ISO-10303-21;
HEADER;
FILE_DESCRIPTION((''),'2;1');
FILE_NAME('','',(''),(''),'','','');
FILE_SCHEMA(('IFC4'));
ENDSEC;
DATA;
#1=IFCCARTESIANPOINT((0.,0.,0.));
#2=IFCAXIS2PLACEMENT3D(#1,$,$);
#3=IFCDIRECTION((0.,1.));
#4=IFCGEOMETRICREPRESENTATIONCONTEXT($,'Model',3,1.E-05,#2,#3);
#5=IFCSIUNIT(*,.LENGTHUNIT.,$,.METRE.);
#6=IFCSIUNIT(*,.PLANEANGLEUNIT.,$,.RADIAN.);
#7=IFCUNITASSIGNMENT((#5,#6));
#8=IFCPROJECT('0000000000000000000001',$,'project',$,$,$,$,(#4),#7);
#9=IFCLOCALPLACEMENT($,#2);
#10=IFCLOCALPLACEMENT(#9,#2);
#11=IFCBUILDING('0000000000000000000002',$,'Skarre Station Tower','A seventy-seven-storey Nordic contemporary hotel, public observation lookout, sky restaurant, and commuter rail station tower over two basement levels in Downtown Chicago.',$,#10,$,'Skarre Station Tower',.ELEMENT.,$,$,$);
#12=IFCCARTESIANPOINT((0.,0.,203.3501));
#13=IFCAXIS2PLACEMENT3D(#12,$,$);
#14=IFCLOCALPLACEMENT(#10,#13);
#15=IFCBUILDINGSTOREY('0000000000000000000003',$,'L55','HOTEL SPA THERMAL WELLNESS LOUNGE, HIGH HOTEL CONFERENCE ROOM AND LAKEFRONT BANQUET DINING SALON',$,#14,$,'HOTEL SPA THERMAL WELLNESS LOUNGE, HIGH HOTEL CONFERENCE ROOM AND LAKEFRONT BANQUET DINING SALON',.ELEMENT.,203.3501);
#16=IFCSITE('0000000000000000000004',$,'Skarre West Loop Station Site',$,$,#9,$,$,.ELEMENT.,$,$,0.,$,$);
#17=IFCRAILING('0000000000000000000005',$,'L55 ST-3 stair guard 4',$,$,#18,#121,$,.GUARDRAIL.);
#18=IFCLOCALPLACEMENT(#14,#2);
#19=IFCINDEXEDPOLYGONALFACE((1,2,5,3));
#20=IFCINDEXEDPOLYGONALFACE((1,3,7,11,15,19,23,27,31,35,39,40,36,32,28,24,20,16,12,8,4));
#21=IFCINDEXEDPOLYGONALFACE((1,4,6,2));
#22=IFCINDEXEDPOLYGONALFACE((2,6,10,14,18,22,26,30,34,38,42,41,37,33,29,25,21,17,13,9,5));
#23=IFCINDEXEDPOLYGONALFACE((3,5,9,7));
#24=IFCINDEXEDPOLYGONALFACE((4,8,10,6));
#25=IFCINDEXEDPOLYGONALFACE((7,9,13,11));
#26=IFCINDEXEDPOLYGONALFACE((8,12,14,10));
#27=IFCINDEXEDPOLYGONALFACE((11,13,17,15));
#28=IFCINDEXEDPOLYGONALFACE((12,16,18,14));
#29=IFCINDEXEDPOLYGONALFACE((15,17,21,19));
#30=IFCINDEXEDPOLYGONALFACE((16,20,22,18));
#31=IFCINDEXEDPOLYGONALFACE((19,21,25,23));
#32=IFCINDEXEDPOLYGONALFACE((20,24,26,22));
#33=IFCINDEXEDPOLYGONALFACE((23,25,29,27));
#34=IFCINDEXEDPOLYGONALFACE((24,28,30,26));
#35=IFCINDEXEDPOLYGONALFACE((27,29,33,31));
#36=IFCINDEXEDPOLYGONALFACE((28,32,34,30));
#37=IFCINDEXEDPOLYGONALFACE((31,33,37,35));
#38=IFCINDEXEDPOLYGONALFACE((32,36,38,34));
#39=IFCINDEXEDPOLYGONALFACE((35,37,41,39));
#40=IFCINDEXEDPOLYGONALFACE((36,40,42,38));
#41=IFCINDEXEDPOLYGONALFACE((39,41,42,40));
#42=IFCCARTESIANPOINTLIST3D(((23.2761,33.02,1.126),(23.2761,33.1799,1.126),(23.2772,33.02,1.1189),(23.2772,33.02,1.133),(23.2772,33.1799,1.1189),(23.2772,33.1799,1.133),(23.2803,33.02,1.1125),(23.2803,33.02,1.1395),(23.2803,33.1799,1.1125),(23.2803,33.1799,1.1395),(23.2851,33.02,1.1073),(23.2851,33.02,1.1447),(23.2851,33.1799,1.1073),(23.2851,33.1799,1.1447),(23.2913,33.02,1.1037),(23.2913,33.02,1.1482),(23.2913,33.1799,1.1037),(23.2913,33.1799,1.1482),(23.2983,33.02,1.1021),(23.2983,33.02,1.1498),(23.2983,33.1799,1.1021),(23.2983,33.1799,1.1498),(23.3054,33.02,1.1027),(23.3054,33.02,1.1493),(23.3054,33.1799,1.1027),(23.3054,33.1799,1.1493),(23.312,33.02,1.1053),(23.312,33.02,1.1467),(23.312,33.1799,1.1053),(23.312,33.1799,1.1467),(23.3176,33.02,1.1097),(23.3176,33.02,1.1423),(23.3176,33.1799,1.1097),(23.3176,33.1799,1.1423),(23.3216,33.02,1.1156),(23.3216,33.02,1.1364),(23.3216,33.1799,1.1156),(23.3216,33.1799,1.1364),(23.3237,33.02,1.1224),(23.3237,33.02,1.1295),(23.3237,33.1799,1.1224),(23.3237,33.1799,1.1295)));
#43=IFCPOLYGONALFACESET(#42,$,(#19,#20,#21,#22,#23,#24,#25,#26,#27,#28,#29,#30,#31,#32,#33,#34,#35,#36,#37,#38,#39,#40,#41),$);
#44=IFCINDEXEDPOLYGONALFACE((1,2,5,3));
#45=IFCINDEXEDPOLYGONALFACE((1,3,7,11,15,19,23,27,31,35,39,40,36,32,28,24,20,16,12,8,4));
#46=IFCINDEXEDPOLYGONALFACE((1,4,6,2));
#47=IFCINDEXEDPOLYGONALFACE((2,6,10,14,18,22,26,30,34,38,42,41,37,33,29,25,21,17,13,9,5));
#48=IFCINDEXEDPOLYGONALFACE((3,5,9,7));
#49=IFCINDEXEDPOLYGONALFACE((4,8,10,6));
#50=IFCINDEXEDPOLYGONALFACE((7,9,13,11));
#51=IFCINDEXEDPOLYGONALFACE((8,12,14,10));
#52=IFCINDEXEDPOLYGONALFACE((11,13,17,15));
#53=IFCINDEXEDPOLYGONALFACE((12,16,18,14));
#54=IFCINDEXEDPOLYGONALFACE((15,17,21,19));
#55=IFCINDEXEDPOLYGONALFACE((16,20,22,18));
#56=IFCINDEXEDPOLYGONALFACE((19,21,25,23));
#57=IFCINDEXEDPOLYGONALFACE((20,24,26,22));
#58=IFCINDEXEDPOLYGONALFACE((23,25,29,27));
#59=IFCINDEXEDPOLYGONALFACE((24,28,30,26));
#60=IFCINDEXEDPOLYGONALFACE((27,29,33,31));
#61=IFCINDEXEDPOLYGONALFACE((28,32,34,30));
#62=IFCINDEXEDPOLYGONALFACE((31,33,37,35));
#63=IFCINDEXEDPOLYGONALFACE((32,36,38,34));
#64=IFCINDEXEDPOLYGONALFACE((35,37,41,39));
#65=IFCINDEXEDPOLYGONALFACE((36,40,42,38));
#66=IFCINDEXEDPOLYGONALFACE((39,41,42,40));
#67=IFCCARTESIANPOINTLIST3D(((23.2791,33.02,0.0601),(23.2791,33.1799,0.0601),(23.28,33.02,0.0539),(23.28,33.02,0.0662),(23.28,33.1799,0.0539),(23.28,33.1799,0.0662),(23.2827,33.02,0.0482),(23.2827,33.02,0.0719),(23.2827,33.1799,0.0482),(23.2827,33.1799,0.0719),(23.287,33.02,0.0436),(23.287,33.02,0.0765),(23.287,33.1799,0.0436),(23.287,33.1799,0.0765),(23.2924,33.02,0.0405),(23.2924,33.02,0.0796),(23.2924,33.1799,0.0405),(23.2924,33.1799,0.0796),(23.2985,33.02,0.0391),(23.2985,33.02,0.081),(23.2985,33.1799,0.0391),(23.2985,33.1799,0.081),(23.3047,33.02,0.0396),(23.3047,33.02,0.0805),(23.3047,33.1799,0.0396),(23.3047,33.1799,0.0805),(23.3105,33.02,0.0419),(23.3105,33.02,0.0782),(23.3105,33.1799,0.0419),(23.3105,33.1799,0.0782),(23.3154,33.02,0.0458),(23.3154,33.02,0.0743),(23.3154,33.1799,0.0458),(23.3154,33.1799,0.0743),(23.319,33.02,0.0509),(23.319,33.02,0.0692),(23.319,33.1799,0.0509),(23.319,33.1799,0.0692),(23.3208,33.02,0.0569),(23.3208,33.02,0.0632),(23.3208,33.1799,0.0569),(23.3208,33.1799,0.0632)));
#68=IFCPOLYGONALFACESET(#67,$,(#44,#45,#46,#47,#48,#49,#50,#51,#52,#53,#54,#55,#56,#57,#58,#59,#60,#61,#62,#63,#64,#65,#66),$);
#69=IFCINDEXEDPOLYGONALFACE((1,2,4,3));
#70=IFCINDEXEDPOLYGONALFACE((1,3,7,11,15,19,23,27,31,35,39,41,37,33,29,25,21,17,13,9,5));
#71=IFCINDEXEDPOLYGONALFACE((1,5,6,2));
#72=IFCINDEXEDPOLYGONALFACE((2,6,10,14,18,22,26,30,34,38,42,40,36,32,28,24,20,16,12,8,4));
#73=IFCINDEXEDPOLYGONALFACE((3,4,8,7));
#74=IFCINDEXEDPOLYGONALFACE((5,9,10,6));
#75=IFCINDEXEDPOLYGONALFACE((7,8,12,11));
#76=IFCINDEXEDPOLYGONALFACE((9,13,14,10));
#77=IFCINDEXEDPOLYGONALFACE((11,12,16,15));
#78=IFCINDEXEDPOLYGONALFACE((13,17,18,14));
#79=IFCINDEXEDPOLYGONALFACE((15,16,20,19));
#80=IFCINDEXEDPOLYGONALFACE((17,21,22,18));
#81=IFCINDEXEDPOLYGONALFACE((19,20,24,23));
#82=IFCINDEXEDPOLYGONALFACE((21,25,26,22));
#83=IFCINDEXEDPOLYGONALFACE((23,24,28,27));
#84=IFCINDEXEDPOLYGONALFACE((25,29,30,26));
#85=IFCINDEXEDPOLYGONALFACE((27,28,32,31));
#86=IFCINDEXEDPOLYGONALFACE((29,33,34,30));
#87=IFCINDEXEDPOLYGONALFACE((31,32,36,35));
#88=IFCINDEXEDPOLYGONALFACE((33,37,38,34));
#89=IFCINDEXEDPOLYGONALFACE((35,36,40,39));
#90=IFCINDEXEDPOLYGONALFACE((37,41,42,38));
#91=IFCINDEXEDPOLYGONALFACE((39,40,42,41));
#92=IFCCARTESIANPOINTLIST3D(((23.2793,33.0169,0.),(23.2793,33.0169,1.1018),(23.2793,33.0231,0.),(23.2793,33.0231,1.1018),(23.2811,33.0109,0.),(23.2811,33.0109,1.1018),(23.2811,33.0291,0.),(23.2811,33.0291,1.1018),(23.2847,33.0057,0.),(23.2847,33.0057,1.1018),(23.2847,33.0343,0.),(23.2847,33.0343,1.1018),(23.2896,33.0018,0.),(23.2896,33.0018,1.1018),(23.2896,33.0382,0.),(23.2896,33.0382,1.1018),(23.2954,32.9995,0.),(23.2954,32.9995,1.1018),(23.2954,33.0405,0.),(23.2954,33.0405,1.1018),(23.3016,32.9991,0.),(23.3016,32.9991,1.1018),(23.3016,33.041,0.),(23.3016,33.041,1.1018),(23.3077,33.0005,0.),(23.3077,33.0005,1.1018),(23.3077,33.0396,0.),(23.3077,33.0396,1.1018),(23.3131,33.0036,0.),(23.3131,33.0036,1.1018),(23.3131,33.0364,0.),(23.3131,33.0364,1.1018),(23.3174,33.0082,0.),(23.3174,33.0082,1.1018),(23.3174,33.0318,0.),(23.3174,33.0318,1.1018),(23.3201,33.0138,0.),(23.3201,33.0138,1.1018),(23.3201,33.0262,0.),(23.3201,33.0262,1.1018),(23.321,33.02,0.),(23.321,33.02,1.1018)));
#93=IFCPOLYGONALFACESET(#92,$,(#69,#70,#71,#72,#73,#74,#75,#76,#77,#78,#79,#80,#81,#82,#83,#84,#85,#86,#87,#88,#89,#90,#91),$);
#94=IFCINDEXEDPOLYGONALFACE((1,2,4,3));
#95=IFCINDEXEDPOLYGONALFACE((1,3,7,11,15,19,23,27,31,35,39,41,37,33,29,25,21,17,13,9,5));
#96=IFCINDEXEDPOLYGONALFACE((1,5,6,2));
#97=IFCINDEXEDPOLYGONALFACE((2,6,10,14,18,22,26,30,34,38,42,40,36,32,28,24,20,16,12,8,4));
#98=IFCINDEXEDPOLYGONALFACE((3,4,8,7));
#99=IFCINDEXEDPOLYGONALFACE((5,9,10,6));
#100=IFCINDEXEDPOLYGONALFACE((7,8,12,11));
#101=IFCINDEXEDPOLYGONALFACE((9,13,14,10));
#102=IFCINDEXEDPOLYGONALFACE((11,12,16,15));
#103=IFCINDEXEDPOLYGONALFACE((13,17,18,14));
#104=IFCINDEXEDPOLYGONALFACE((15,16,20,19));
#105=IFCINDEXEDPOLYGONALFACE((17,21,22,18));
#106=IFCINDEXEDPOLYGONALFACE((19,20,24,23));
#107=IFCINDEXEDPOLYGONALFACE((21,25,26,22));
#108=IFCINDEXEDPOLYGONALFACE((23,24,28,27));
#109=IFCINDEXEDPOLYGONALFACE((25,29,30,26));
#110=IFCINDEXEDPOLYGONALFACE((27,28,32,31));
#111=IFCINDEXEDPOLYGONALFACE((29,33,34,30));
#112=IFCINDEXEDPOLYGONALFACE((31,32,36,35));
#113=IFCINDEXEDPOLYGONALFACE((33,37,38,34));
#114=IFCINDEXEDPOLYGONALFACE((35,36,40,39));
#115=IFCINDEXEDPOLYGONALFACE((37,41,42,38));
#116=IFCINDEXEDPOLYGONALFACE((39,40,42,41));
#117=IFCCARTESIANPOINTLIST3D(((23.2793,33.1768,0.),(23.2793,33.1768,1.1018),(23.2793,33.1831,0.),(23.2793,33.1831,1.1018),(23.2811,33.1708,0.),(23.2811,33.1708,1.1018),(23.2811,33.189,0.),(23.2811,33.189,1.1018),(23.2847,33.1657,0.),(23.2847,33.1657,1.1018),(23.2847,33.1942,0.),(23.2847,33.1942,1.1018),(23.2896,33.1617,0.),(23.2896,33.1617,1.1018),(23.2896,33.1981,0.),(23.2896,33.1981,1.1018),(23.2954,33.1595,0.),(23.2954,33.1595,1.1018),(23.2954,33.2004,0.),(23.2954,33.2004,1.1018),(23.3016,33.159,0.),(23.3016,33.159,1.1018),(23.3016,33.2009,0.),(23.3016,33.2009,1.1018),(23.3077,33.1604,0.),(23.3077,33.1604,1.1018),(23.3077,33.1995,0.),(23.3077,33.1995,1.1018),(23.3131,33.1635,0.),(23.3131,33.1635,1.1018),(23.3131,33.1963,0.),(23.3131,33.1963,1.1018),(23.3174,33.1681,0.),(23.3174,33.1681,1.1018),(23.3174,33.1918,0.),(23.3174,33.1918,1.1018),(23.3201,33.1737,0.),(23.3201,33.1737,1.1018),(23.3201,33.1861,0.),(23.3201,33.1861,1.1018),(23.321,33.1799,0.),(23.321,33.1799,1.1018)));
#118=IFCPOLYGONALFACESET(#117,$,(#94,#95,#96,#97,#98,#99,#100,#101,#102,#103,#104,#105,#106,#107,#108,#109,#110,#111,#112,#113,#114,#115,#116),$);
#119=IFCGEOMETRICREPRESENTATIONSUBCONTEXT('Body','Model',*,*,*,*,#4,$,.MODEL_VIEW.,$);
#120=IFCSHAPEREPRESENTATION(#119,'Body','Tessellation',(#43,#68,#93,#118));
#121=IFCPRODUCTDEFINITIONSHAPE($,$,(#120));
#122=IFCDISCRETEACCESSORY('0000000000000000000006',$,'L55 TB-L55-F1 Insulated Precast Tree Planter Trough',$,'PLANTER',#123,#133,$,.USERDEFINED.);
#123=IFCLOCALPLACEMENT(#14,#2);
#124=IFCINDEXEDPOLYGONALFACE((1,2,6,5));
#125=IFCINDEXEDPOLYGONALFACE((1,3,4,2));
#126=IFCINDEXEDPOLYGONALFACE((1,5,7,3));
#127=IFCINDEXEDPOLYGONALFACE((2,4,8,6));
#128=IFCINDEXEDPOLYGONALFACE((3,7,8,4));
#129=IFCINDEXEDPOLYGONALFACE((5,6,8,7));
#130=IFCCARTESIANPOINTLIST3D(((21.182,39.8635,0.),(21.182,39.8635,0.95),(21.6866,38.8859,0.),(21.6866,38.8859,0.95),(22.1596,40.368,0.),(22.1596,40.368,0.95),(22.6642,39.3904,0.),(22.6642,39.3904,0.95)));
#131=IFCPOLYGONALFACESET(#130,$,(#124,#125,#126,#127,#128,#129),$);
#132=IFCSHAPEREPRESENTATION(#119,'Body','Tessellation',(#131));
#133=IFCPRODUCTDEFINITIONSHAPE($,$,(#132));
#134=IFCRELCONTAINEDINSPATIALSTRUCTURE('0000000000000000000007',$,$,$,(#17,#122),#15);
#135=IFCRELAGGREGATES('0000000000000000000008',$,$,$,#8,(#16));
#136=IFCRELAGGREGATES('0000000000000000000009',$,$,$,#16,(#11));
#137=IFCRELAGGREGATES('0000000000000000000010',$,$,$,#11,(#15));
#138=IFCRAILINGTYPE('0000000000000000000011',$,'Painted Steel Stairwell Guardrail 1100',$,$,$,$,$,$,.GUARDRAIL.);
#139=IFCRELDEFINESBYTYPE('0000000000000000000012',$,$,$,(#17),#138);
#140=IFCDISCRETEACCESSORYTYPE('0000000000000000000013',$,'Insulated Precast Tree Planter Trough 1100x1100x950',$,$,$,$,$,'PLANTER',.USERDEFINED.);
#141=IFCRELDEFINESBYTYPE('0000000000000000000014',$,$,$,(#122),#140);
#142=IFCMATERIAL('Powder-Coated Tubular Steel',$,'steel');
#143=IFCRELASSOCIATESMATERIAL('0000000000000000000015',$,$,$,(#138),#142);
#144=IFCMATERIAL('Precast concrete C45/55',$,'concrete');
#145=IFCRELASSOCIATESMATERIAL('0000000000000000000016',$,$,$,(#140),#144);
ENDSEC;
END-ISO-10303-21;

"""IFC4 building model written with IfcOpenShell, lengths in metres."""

from ifc_helpers import new_model, si_unit, direction, frame, origin, origin_2d, place, context, subcontext, project, spatial, rectangle, circle, extrude, material, type_object, element, save


model = new_model("IFC4")

# Units and contexts
model_context = context("Model", 3, precision=1e-05, world=origin(), true_north=direction((0.0, 1.0)))
body_context = subcontext(model_context, "Body", "Model", "MODEL_VIEW")
ifc_project = project(units=[si_unit("LENGTHUNIT", "METRE"), si_unit("PLANEANGLEUNIT", "RADIAN")], contexts=[model_context])

# Site, building, storey
site_placement = place(None, origin())
site = spatial("IfcSite", under=ifc_project, at=site_placement, Name="Skarre West Loop Station Site", CompositionType="ELEMENT", RefElevation=0.0)
building_placement = place(site_placement, origin())
building = spatial("IfcBuilding", under=site, at=building_placement, Name="Skarre Station Tower", Description="A seventy-seven-storey Nordic contemporary hotel, public observation lookout, sky restaurant, and commuter rail station tower over two basement levels in Downtown Chicago.", LongName="Skarre Station Tower", CompositionType="ELEMENT")
storey_placement = place(building_placement, frame((0.0, 0.0, 203.3501)))
storey = spatial("IfcBuildingStorey", under=building, at=storey_placement, Name="L55", Description="HOTEL SPA THERMAL WELLNESS LOUNGE, HIGH HOTEL CONFERENCE ROOM AND LAKEFRONT BANQUET DINING SALON", LongName="HOTEL SPA THERMAL WELLNESS LOUNGE, HIGH HOTEL CONFERENCE ROOM AND LAKEFRONT BANQUET DINING SALON", CompositionType="ELEMENT", Elevation=203.3501)

# Shared definitions
ifc_material_1 = material(Name="Precast concrete C45/55", Category="concrete")

# Railing
ifc_material_2 = material(Name="Powder-Coated Tubular Steel", Category="steel")
railing_type_1 = type_object("IfcRailingType", Name="Painted Steel Stairwell Guardrail 1100", PredefinedType="GUARDRAIL", material=ifc_material_2)
railing_1_placement = place(storey_placement, frame((23.3, 33.02, 0.0)))
element("IfcRailing", 1, at=railing_1_placement, inside=storey, type_object=railing_type_1, Name="L55 ST-3 stair guard 4", PredefinedType="GUARDRAIL", context=body_context, shape_type="SweptSolid", body=[
    extrude(circle(Radius=0.0239, at=origin_2d()), frame((0.0, 0.0, 1.126), z_axis=(0.0, 1.0, 0.0), x_axis=(-1.0, 0.0, 0.0)), (0.0, 0.0, 1.0), 0.1599),
    extrude(circle(Radius=0.021, at=origin_2d()), frame((0.0, 0.0, 0.0601), z_axis=(0.0, 1.0, 0.0), x_axis=(-1.0, 0.0, 0.0)), (0.0, 0.0, 1.0), 0.1599),
    extrude(circle(Radius=0.021, at=origin_2d()), origin(), (0.0, 0.0, 1.0), 1.1018),
    extrude(circle(Radius=0.021, at=origin_2d()), frame((0.0, 0.1599, 0.0)), (0.0, 0.0, 1.0), 1.1018),
])

# Discrete accessory
discrete_accessory_type = type_object("IfcDiscreteAccessoryType", Name="Insulated Precast Tree Planter Trough 1100x1100x950", ElementType="PLANTER", PredefinedType="USERDEFINED", material=ifc_material_1)
discrete_accessory_placement = place(storey_placement, frame((21.9231, 39.627, 0.0), z_axis=(0.0, 0.0, 1.0), x_axis=(-0.458634, 0.888625, 0.0)))
element("IfcDiscreteAccessory", 2, at=discrete_accessory_placement, inside=storey, type_object=discrete_accessory_type, Name="L55 TB-L55-F1 Insulated Precast Tree Planter Trough", ObjectType="PLANTER", PredefinedType="USERDEFINED", context=body_context, shape_type="SweptSolid", body=[
    extrude(rectangle(XDim=1.1001, YDim=1.1001, at=origin_2d()), origin(), (0.0, 0.0, 1.0), 0.95),
])

save(model, "model.ifc")
